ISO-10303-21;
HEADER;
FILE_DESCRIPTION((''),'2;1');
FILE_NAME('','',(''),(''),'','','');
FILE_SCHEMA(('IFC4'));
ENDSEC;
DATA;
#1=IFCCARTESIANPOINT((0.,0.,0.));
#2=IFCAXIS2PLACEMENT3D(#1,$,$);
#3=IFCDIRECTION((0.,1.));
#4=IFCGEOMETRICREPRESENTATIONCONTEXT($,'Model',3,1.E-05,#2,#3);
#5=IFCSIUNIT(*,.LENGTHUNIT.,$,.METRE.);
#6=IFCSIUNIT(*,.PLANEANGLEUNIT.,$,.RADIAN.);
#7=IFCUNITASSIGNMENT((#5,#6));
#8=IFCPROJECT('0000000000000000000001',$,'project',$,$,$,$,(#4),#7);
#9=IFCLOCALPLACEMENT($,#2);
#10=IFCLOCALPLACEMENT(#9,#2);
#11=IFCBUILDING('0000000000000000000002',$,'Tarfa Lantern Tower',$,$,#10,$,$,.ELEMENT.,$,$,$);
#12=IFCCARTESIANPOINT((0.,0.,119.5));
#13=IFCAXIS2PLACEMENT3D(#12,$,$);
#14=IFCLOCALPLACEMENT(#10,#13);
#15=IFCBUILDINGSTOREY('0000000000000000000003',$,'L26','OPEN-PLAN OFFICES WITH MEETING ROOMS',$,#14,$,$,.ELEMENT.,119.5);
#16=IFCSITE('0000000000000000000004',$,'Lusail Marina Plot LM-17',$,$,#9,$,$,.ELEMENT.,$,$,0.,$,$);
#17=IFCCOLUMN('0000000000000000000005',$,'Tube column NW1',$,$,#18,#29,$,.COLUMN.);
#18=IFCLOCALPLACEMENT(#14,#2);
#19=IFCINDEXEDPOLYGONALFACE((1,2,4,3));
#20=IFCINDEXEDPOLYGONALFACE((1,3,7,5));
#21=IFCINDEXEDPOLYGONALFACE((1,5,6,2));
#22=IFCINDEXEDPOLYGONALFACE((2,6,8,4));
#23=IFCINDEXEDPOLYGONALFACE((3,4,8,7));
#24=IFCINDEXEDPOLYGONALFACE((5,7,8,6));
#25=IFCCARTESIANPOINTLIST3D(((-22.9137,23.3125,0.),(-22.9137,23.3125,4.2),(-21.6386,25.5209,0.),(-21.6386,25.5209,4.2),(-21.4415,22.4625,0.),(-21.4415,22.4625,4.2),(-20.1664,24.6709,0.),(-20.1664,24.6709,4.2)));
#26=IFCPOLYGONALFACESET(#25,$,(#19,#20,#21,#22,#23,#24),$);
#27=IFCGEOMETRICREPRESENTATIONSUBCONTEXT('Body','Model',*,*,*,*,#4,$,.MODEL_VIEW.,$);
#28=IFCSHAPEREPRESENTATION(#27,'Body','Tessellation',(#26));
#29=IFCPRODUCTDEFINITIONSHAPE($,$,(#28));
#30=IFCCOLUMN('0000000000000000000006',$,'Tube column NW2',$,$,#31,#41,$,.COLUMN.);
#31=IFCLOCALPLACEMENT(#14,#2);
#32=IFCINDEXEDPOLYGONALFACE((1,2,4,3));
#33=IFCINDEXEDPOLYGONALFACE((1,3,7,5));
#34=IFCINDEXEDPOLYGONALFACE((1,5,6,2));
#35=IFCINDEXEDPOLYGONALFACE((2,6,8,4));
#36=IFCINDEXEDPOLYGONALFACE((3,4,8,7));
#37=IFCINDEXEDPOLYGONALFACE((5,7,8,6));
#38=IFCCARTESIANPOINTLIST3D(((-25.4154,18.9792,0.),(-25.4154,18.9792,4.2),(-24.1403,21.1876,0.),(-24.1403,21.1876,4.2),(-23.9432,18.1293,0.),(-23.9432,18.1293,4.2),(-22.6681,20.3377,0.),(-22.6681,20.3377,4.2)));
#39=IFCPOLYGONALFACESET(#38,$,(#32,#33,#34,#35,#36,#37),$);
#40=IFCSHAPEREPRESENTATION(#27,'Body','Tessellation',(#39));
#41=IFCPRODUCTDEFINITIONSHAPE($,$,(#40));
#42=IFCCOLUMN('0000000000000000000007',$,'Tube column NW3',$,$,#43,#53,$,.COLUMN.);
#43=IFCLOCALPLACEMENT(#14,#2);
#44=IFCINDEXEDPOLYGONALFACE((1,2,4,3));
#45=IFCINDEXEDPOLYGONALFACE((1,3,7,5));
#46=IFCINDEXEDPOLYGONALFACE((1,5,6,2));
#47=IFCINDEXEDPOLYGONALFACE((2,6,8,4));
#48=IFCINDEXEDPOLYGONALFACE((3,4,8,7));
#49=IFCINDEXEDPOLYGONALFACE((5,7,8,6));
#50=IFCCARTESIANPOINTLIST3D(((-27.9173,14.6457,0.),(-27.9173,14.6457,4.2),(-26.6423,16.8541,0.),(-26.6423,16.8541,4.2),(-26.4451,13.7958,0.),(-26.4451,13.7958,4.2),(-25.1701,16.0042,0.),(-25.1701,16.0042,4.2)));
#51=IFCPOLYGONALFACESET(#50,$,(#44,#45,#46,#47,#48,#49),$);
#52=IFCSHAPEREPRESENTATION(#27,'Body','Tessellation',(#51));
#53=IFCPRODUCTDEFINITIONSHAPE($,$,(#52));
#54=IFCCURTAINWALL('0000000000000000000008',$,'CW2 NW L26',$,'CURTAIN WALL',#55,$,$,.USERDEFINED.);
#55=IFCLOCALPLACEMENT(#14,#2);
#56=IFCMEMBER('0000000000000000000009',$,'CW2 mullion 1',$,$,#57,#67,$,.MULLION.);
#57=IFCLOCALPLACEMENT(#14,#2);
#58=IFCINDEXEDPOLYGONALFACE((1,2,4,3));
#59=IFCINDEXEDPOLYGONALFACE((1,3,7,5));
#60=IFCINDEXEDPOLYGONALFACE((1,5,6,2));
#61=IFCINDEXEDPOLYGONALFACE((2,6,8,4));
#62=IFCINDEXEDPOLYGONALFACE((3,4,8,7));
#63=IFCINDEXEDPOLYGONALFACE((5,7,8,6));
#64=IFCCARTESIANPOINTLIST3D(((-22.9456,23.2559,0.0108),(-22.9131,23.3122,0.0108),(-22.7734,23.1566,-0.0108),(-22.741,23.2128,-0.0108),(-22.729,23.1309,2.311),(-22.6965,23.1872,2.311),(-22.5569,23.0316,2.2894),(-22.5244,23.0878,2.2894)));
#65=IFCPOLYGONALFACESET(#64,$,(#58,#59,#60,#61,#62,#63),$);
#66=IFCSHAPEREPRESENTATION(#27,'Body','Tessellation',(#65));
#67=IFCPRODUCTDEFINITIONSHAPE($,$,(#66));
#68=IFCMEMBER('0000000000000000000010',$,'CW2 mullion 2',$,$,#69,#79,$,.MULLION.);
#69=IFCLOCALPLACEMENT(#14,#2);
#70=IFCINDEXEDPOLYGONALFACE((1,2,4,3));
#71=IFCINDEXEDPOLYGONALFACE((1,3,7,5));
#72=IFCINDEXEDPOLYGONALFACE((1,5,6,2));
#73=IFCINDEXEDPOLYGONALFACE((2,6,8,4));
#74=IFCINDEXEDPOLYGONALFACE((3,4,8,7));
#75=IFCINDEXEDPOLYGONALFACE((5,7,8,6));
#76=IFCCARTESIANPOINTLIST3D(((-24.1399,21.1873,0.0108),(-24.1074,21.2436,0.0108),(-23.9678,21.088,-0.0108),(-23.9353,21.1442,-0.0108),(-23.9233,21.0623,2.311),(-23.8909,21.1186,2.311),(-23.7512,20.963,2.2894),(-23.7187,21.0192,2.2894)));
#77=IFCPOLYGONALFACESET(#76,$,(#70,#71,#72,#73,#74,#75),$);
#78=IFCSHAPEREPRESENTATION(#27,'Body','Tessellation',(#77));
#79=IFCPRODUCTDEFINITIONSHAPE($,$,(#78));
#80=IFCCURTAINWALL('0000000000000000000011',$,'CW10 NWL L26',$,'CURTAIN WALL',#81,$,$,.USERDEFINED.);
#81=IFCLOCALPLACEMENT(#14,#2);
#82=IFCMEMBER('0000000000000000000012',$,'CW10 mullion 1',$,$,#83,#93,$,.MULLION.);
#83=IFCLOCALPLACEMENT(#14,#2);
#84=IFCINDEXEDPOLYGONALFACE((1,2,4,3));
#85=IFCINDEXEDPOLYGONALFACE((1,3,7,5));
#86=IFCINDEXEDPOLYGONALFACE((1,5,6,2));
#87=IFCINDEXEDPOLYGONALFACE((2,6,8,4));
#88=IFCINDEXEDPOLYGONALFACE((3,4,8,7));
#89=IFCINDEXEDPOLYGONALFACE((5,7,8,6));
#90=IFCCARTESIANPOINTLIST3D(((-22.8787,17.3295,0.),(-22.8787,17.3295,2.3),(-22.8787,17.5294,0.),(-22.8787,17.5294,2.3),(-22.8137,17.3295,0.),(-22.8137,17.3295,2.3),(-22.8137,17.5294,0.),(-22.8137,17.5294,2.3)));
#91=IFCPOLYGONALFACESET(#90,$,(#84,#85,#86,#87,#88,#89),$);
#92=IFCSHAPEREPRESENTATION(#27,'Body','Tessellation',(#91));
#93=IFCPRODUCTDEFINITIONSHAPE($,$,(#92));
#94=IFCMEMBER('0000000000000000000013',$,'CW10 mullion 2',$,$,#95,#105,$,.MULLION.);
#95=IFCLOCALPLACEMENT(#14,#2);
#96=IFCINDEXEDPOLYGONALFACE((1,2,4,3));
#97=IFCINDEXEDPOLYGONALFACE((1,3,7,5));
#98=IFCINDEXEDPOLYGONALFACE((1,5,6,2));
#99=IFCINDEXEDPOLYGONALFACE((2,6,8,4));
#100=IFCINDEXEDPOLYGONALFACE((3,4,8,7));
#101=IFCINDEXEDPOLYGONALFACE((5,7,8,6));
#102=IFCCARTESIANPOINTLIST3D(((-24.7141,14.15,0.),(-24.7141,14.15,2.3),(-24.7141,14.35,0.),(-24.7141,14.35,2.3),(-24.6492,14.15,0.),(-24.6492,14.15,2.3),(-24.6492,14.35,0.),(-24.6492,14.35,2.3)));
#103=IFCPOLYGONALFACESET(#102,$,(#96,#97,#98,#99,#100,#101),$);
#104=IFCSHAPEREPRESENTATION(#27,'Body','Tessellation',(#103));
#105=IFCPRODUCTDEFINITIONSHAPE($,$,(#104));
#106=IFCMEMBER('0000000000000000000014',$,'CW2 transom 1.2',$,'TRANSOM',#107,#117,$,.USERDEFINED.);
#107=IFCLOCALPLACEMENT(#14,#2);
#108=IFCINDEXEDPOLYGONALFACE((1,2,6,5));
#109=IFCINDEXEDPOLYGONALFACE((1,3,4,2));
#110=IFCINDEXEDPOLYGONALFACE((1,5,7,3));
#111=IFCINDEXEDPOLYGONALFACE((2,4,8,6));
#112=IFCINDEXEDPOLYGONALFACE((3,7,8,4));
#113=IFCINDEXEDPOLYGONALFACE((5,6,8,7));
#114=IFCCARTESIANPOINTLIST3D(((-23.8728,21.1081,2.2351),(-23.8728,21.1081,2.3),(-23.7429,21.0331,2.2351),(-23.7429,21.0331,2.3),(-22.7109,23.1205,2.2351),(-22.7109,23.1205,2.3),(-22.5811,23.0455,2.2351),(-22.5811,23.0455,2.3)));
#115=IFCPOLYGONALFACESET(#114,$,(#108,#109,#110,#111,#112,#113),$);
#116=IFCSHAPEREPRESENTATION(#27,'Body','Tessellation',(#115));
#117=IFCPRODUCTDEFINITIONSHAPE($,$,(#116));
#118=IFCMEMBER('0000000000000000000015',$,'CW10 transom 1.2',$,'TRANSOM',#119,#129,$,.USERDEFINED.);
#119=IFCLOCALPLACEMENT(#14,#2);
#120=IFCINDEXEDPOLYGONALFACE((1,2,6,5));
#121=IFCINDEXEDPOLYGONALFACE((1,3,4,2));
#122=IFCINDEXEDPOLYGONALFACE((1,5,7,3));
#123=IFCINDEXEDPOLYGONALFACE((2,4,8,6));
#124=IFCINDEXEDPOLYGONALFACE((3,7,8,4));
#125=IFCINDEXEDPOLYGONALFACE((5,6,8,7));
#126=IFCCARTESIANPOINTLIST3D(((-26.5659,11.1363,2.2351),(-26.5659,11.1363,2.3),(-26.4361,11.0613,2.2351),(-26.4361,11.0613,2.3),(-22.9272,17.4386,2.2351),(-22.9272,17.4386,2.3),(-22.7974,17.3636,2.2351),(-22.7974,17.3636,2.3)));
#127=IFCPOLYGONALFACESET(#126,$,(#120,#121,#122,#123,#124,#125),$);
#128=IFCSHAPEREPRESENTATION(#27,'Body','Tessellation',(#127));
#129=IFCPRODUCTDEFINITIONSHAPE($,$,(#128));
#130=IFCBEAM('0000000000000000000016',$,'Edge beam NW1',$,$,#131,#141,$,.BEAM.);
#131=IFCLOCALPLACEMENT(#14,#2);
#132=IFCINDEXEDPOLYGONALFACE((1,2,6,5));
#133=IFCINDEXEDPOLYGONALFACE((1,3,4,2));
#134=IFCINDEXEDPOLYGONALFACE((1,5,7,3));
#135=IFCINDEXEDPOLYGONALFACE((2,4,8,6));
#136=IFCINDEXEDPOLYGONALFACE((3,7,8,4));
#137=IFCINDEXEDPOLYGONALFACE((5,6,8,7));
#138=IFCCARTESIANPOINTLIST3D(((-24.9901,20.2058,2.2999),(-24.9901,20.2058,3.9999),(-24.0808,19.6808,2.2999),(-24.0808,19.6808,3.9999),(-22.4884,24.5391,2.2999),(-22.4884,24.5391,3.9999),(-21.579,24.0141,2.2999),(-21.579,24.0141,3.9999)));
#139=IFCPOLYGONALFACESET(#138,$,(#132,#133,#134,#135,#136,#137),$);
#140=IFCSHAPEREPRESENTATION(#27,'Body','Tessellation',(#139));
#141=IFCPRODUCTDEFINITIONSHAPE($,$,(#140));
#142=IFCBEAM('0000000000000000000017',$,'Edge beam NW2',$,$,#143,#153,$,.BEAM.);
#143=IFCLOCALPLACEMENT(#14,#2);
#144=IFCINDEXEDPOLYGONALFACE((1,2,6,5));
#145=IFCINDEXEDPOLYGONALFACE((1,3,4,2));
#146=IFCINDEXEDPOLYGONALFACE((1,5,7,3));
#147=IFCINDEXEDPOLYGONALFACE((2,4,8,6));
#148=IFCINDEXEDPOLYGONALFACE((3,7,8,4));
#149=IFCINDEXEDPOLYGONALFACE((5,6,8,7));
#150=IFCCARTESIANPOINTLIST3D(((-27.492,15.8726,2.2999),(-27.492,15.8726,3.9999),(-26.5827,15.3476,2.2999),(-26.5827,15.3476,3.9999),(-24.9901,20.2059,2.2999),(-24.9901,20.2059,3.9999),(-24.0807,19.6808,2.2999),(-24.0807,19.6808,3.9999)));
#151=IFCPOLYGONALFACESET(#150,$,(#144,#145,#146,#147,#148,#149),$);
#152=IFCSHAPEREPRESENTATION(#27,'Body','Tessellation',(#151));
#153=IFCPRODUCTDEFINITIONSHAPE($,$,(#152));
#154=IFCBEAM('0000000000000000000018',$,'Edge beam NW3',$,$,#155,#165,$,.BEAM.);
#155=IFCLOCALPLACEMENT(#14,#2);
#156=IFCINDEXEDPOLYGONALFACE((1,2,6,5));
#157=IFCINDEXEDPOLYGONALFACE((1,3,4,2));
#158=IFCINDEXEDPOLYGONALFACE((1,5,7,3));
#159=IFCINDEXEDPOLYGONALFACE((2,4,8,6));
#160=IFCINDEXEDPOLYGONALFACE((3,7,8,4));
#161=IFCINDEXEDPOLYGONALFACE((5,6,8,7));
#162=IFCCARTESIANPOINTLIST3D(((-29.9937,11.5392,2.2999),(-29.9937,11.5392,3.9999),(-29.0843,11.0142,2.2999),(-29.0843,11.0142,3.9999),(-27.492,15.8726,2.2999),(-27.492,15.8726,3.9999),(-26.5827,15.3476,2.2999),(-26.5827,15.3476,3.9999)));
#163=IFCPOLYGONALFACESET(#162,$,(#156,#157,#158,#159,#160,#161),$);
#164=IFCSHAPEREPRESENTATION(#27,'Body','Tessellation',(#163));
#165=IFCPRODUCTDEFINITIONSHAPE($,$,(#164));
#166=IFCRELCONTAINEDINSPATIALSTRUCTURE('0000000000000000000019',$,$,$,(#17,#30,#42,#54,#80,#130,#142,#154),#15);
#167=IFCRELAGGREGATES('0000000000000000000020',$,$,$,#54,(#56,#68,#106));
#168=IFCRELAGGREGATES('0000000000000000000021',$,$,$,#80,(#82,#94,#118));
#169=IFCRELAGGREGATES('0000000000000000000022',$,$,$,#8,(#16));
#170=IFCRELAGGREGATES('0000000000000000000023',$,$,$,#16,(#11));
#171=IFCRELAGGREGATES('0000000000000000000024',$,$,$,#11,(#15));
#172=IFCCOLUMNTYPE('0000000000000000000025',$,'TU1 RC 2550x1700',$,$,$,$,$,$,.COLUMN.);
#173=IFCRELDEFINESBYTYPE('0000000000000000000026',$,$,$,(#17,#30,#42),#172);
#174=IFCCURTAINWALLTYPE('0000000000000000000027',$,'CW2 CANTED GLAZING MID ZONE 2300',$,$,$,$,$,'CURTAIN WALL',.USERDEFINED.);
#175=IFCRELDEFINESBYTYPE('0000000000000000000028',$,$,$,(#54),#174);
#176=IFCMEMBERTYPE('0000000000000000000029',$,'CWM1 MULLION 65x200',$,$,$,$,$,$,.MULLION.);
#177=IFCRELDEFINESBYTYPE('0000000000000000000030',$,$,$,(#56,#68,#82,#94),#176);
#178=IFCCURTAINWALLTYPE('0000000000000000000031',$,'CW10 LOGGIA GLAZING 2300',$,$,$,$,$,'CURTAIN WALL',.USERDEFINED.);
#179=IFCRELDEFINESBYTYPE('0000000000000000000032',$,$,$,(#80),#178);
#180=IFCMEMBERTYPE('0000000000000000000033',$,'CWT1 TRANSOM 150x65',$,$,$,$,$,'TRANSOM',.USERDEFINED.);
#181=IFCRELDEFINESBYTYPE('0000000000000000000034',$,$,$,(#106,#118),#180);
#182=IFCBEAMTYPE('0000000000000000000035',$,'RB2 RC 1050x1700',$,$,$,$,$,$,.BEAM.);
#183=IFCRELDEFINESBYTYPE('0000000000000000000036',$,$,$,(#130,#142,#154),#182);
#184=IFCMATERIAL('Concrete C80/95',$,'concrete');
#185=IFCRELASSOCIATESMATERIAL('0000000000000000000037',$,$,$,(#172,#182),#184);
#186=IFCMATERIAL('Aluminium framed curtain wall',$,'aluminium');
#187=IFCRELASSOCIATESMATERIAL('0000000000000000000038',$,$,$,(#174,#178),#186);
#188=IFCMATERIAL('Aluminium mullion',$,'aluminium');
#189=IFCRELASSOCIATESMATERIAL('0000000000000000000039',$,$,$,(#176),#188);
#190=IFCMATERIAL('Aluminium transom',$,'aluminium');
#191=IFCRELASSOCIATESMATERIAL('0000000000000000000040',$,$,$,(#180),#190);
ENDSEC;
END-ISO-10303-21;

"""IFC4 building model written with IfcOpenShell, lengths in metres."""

from ifc_helpers import new_model, si_unit, direction, frame, origin, origin_2d, place, context, subcontext, project, spatial, rectangle, extrude, material, material_profile, profile_set, type_object, element, aggregate, save


model = new_model("IFC4")

# Units and contexts
model_context = context("Model", 3, precision=1e-05, world=origin(), true_north=direction((0.0, 1.0)))
body_context = subcontext(model_context, "Body", "Model", "MODEL_VIEW")
ifc_project = project(units=[si_unit("LENGTHUNIT", "METRE"), si_unit("PLANEANGLEUNIT", "RADIAN")], contexts=[model_context])

# Site, building, storey
site_placement = place(None, origin())
site = spatial("IfcSite", under=ifc_project, at=site_placement, Name="Lusail Marina Plot LM-17", CompositionType="ELEMENT", RefElevation=0.0)
building_placement = place(site_placement, origin())
building = spatial("IfcBuilding", under=site, at=building_placement, Name="Tarfa Lantern Tower", CompositionType="ELEMENT")
storey_placement = place(building_placement, frame((0.0, 0.0, 119.5)))
storey = spatial("IfcBuildingStorey", under=building, at=storey_placement, Name="L26", Description="OPEN-PLAN OFFICES WITH MEETING ROOMS", CompositionType="ELEMENT", Elevation=119.5)

# Columns
ifc_material_1 = material(Name="Concrete C80/95", Category="concrete")
ifc_material_profile_1 = material_profile(ifc_material_1, rectangle(XDim=2.55, YDim=1.7, at=origin_2d()), Name="RC 2550x1700")
ifc_profile_set_1 = profile_set([ifc_material_profile_1], Name="Concrete C80/95")
column_type = type_object("IfcColumnType", Name="TU1 RC 2550x1700", PredefinedType="COLUMN", material=ifc_profile_set_1)
for number, where, z_axis, x_axis, name in (
    (1, (-21.54, 23.9917, 0.0), (0.0, 0.0, 1.0), (-0.5, -0.866025, 0.0), "Tube column NW1"),
    (2, (-24.0417, 19.6584, 0.0), (0.0, 0.0, 1.0), (-0.5, -0.866025, 0.0), "Tube column NW2"),
    (3, (-26.5437, 15.325, 0.0), (0.0, 0.0, 1.0), (-0.5, -0.866025, 0.0), "Tube column NW3"),
):
    element("IfcColumn", number, at=place(storey_placement, frame(where, z_axis=z_axis, x_axis=x_axis)), inside=storey, type_object=column_type, Name=name, PredefinedType="COLUMN", context=body_context, shape_type="SweptSolid", body=[
        extrude(rectangle(XDim=2.55, YDim=1.7, at=origin_2d()), origin(), (0.0, 0.0, 1.0), 4.2),
    ])

# Curtain walls, members
ifc_material_2 = material(Name="Aluminium framed curtain wall", Category="aluminium")
curtain_wall_type_1 = type_object("IfcCurtainWallType", Name="CW2 CANTED GLAZING MID ZONE 2300", ElementType="CURTAIN WALL", PredefinedType="USERDEFINED", material=ifc_material_2)
curtain_wall_1_placement = place(storey_placement, origin())
curtain_wall_1 = element("IfcCurtainWall", 4, at=curtain_wall_1_placement, inside=storey, type_object=curtain_wall_type_1, Name="CW2 NW L26", ObjectType="CURTAIN WALL", PredefinedType="USERDEFINED")
ifc_material_3 = material(Name="Aluminium mullion", Category="aluminium")
ifc_material_profile_2 = material_profile(ifc_material_3, rectangle(XDim=0.0649, YDim=0.2, at=origin_2d()), Name="AL MULLION 65x200")
ifc_profile_set_2 = profile_set([ifc_material_profile_2], Name="Aluminium mullion")
member_type_1 = type_object("IfcMemberType", Name="CWM1 MULLION 65x200", PredefinedType="MULLION", material=ifc_profile_set_2)
member_1_placement = place(storey_placement, frame((-22.8433, 23.2344, 0.0), z_axis=(0.0936, -0.054028, 0.994143), x_axis=(0.49992, 0.866072, 0.0)))
member_1 = element("IfcMember", 5, at=member_1_placement, type_object=member_type_1, Name="CW2 mullion 1", PredefinedType="MULLION", context=body_context, shape_type="SweptSolid", body=[
    extrude(rectangle(XDim=0.0649, YDim=0.2, at=origin_2d()), origin(), (0.0, 0.0, 1.0), 2.3137),
])
member_2_placement = place(storey_placement, frame((-24.0376, 21.1658, 0.0), z_axis=(0.0936, -0.054028, 0.994143), x_axis=(0.49992, 0.866072, 0.0)))
member_2 = element("IfcMember", 6, at=member_2_placement, type_object=member_type_1, Name="CW2 mullion 2", PredefinedType="MULLION", context=body_context, shape_type="SweptSolid", body=[
    extrude(rectangle(XDim=0.0649, YDim=0.2, at=origin_2d()), origin(), (0.0, 0.0, 1.0), 2.3137),
])
curtain_wall_type_2 = type_object("IfcCurtainWallType", Name="CW10 LOGGIA GLAZING 2300", ElementType="CURTAIN WALL", PredefinedType="USERDEFINED", material=ifc_material_2)
curtain_wall_2_placement = place(storey_placement, origin())
curtain_wall_2 = element("IfcCurtainWall", 7, at=curtain_wall_2_placement, inside=storey, type_object=curtain_wall_type_2, Name="CW10 NWL L26", ObjectType="CURTAIN WALL", PredefinedType="USERDEFINED")
member_3_placement = place(storey_placement, frame((-22.8462, 17.4294, 0.0), z_axis=(0.0, 0.0, 1.0), x_axis=(1.0, 0.0, 0.0)))
member_3 = element("IfcMember", 8, at=member_3_placement, type_object=member_type_1, Name="CW10 mullion 1", PredefinedType="MULLION", context=body_context, shape_type="SweptSolid", body=[
    extrude(rectangle(XDim=0.0649, YDim=0.2, at=origin_2d()), origin(), (0.0, 0.0, 1.0), 2.3),
])
member_4_placement = place(storey_placement, frame((-24.6816, 14.25, 0.0), z_axis=(0.0, 0.0, 1.0), x_axis=(1.0, 0.0, 0.0)))
member_4 = element("IfcMember", 9, at=member_4_placement, type_object=member_type_1, Name="CW10 mullion 2", PredefinedType="MULLION", context=body_context, shape_type="SweptSolid", body=[
    extrude(rectangle(XDim=0.0649, YDim=0.2, at=origin_2d()), origin(), (0.0, 0.0, 1.0), 2.3),
])

# Members
ifc_material_4 = material(Name="Aluminium transom", Category="aluminium")
ifc_material_profile_3 = material_profile(ifc_material_4, rectangle(XDim=0.1499, YDim=0.0649, at=origin_2d()), Name="AL TRANSOM 150x65")
ifc_profile_set_3 = profile_set([ifc_material_profile_3], Name="Aluminium transom")
member_type_2 = type_object("IfcMemberType", Name="CWT1 TRANSOM 150x65", ElementType="TRANSOM", PredefinedType="USERDEFINED", material=ifc_profile_set_3)
member_5_placement = place(storey_placement, frame((-22.646, 23.083, 2.2676), z_axis=(-0.499992, -0.86603, 0.0), x_axis=(0.86603, -0.499992, 0.0)))
member_5 = element("IfcMember", 10, at=member_5_placement, type_object=member_type_2, Name="CW2 transom 1.2", ObjectType="TRANSOM", PredefinedType="USERDEFINED", context=body_context, shape_type="SweptSolid", body=[
    extrude(rectangle(XDim=0.1499, YDim=0.0649, at=origin_2d()), origin(), (0.0, 0.0, 1.0), 2.3237),
])
member_6_placement = place(storey_placement, frame((-22.8623, 17.4011, 2.2676), z_axis=(-0.500007, -0.866021, 0.0), x_axis=(0.866021, -0.500007, 0.0)))
member_6 = element("IfcMember", 11, at=member_6_placement, type_object=member_type_2, Name="CW10 transom 1.2", ObjectType="TRANSOM", PredefinedType="USERDEFINED", context=body_context, shape_type="SweptSolid", body=[
    extrude(rectangle(XDim=0.1499, YDim=0.0649, at=origin_2d()), origin(), (0.0, 0.0, 1.0), 7.2773),
])

# Beams
ifc_material_profile_4 = material_profile(ifc_material_1, rectangle(XDim=1.05, YDim=1.7, at=origin_2d()), Name="RC 1050x1700")
ifc_profile_set_4 = profile_set([ifc_material_profile_4], Name="Concrete C80/95")
beam_type_1 = type_object("IfcBeamType", Name="RB2 RC 1050x1700", PredefinedType="BEAM", material=ifc_profile_set_4)
for number, where, z_axis, x_axis, name in (
    (12, (-22.0337, 24.2766, 3.1499), (-0.499986, -0.866034, 0.0), (0.866034, -0.499986, 0.0), "Edge beam NW1"),
    (13, (-24.5354, 19.9434, 3.1499), (-0.500022, -0.866013, 0.0), (0.866013, -0.500022, 0.0), "Edge beam NW2"),
    (14, (-27.0374, 15.6101, 3.1499), (-0.499965, -0.866046, 0.0), (0.866046, -0.499965, 0.0), "Edge beam NW3"),
):
    element("IfcBeam", number, at=place(storey_placement, frame(where, z_axis=z_axis, x_axis=x_axis)), inside=storey, type_object=beam_type_1, Name=name, PredefinedType="BEAM", context=body_context, shape_type="SweptSolid", body=[
        extrude(rectangle(XDim=1.05, YDim=1.7, at=origin_2d()), origin(), (0.0, 0.0, 1.0), 5.0037),
    ])

aggregate(curtain_wall_1, [member_1, member_2, member_5])
aggregate(curtain_wall_2, [member_3, member_4, member_6])

save(model, "model.ifc")
